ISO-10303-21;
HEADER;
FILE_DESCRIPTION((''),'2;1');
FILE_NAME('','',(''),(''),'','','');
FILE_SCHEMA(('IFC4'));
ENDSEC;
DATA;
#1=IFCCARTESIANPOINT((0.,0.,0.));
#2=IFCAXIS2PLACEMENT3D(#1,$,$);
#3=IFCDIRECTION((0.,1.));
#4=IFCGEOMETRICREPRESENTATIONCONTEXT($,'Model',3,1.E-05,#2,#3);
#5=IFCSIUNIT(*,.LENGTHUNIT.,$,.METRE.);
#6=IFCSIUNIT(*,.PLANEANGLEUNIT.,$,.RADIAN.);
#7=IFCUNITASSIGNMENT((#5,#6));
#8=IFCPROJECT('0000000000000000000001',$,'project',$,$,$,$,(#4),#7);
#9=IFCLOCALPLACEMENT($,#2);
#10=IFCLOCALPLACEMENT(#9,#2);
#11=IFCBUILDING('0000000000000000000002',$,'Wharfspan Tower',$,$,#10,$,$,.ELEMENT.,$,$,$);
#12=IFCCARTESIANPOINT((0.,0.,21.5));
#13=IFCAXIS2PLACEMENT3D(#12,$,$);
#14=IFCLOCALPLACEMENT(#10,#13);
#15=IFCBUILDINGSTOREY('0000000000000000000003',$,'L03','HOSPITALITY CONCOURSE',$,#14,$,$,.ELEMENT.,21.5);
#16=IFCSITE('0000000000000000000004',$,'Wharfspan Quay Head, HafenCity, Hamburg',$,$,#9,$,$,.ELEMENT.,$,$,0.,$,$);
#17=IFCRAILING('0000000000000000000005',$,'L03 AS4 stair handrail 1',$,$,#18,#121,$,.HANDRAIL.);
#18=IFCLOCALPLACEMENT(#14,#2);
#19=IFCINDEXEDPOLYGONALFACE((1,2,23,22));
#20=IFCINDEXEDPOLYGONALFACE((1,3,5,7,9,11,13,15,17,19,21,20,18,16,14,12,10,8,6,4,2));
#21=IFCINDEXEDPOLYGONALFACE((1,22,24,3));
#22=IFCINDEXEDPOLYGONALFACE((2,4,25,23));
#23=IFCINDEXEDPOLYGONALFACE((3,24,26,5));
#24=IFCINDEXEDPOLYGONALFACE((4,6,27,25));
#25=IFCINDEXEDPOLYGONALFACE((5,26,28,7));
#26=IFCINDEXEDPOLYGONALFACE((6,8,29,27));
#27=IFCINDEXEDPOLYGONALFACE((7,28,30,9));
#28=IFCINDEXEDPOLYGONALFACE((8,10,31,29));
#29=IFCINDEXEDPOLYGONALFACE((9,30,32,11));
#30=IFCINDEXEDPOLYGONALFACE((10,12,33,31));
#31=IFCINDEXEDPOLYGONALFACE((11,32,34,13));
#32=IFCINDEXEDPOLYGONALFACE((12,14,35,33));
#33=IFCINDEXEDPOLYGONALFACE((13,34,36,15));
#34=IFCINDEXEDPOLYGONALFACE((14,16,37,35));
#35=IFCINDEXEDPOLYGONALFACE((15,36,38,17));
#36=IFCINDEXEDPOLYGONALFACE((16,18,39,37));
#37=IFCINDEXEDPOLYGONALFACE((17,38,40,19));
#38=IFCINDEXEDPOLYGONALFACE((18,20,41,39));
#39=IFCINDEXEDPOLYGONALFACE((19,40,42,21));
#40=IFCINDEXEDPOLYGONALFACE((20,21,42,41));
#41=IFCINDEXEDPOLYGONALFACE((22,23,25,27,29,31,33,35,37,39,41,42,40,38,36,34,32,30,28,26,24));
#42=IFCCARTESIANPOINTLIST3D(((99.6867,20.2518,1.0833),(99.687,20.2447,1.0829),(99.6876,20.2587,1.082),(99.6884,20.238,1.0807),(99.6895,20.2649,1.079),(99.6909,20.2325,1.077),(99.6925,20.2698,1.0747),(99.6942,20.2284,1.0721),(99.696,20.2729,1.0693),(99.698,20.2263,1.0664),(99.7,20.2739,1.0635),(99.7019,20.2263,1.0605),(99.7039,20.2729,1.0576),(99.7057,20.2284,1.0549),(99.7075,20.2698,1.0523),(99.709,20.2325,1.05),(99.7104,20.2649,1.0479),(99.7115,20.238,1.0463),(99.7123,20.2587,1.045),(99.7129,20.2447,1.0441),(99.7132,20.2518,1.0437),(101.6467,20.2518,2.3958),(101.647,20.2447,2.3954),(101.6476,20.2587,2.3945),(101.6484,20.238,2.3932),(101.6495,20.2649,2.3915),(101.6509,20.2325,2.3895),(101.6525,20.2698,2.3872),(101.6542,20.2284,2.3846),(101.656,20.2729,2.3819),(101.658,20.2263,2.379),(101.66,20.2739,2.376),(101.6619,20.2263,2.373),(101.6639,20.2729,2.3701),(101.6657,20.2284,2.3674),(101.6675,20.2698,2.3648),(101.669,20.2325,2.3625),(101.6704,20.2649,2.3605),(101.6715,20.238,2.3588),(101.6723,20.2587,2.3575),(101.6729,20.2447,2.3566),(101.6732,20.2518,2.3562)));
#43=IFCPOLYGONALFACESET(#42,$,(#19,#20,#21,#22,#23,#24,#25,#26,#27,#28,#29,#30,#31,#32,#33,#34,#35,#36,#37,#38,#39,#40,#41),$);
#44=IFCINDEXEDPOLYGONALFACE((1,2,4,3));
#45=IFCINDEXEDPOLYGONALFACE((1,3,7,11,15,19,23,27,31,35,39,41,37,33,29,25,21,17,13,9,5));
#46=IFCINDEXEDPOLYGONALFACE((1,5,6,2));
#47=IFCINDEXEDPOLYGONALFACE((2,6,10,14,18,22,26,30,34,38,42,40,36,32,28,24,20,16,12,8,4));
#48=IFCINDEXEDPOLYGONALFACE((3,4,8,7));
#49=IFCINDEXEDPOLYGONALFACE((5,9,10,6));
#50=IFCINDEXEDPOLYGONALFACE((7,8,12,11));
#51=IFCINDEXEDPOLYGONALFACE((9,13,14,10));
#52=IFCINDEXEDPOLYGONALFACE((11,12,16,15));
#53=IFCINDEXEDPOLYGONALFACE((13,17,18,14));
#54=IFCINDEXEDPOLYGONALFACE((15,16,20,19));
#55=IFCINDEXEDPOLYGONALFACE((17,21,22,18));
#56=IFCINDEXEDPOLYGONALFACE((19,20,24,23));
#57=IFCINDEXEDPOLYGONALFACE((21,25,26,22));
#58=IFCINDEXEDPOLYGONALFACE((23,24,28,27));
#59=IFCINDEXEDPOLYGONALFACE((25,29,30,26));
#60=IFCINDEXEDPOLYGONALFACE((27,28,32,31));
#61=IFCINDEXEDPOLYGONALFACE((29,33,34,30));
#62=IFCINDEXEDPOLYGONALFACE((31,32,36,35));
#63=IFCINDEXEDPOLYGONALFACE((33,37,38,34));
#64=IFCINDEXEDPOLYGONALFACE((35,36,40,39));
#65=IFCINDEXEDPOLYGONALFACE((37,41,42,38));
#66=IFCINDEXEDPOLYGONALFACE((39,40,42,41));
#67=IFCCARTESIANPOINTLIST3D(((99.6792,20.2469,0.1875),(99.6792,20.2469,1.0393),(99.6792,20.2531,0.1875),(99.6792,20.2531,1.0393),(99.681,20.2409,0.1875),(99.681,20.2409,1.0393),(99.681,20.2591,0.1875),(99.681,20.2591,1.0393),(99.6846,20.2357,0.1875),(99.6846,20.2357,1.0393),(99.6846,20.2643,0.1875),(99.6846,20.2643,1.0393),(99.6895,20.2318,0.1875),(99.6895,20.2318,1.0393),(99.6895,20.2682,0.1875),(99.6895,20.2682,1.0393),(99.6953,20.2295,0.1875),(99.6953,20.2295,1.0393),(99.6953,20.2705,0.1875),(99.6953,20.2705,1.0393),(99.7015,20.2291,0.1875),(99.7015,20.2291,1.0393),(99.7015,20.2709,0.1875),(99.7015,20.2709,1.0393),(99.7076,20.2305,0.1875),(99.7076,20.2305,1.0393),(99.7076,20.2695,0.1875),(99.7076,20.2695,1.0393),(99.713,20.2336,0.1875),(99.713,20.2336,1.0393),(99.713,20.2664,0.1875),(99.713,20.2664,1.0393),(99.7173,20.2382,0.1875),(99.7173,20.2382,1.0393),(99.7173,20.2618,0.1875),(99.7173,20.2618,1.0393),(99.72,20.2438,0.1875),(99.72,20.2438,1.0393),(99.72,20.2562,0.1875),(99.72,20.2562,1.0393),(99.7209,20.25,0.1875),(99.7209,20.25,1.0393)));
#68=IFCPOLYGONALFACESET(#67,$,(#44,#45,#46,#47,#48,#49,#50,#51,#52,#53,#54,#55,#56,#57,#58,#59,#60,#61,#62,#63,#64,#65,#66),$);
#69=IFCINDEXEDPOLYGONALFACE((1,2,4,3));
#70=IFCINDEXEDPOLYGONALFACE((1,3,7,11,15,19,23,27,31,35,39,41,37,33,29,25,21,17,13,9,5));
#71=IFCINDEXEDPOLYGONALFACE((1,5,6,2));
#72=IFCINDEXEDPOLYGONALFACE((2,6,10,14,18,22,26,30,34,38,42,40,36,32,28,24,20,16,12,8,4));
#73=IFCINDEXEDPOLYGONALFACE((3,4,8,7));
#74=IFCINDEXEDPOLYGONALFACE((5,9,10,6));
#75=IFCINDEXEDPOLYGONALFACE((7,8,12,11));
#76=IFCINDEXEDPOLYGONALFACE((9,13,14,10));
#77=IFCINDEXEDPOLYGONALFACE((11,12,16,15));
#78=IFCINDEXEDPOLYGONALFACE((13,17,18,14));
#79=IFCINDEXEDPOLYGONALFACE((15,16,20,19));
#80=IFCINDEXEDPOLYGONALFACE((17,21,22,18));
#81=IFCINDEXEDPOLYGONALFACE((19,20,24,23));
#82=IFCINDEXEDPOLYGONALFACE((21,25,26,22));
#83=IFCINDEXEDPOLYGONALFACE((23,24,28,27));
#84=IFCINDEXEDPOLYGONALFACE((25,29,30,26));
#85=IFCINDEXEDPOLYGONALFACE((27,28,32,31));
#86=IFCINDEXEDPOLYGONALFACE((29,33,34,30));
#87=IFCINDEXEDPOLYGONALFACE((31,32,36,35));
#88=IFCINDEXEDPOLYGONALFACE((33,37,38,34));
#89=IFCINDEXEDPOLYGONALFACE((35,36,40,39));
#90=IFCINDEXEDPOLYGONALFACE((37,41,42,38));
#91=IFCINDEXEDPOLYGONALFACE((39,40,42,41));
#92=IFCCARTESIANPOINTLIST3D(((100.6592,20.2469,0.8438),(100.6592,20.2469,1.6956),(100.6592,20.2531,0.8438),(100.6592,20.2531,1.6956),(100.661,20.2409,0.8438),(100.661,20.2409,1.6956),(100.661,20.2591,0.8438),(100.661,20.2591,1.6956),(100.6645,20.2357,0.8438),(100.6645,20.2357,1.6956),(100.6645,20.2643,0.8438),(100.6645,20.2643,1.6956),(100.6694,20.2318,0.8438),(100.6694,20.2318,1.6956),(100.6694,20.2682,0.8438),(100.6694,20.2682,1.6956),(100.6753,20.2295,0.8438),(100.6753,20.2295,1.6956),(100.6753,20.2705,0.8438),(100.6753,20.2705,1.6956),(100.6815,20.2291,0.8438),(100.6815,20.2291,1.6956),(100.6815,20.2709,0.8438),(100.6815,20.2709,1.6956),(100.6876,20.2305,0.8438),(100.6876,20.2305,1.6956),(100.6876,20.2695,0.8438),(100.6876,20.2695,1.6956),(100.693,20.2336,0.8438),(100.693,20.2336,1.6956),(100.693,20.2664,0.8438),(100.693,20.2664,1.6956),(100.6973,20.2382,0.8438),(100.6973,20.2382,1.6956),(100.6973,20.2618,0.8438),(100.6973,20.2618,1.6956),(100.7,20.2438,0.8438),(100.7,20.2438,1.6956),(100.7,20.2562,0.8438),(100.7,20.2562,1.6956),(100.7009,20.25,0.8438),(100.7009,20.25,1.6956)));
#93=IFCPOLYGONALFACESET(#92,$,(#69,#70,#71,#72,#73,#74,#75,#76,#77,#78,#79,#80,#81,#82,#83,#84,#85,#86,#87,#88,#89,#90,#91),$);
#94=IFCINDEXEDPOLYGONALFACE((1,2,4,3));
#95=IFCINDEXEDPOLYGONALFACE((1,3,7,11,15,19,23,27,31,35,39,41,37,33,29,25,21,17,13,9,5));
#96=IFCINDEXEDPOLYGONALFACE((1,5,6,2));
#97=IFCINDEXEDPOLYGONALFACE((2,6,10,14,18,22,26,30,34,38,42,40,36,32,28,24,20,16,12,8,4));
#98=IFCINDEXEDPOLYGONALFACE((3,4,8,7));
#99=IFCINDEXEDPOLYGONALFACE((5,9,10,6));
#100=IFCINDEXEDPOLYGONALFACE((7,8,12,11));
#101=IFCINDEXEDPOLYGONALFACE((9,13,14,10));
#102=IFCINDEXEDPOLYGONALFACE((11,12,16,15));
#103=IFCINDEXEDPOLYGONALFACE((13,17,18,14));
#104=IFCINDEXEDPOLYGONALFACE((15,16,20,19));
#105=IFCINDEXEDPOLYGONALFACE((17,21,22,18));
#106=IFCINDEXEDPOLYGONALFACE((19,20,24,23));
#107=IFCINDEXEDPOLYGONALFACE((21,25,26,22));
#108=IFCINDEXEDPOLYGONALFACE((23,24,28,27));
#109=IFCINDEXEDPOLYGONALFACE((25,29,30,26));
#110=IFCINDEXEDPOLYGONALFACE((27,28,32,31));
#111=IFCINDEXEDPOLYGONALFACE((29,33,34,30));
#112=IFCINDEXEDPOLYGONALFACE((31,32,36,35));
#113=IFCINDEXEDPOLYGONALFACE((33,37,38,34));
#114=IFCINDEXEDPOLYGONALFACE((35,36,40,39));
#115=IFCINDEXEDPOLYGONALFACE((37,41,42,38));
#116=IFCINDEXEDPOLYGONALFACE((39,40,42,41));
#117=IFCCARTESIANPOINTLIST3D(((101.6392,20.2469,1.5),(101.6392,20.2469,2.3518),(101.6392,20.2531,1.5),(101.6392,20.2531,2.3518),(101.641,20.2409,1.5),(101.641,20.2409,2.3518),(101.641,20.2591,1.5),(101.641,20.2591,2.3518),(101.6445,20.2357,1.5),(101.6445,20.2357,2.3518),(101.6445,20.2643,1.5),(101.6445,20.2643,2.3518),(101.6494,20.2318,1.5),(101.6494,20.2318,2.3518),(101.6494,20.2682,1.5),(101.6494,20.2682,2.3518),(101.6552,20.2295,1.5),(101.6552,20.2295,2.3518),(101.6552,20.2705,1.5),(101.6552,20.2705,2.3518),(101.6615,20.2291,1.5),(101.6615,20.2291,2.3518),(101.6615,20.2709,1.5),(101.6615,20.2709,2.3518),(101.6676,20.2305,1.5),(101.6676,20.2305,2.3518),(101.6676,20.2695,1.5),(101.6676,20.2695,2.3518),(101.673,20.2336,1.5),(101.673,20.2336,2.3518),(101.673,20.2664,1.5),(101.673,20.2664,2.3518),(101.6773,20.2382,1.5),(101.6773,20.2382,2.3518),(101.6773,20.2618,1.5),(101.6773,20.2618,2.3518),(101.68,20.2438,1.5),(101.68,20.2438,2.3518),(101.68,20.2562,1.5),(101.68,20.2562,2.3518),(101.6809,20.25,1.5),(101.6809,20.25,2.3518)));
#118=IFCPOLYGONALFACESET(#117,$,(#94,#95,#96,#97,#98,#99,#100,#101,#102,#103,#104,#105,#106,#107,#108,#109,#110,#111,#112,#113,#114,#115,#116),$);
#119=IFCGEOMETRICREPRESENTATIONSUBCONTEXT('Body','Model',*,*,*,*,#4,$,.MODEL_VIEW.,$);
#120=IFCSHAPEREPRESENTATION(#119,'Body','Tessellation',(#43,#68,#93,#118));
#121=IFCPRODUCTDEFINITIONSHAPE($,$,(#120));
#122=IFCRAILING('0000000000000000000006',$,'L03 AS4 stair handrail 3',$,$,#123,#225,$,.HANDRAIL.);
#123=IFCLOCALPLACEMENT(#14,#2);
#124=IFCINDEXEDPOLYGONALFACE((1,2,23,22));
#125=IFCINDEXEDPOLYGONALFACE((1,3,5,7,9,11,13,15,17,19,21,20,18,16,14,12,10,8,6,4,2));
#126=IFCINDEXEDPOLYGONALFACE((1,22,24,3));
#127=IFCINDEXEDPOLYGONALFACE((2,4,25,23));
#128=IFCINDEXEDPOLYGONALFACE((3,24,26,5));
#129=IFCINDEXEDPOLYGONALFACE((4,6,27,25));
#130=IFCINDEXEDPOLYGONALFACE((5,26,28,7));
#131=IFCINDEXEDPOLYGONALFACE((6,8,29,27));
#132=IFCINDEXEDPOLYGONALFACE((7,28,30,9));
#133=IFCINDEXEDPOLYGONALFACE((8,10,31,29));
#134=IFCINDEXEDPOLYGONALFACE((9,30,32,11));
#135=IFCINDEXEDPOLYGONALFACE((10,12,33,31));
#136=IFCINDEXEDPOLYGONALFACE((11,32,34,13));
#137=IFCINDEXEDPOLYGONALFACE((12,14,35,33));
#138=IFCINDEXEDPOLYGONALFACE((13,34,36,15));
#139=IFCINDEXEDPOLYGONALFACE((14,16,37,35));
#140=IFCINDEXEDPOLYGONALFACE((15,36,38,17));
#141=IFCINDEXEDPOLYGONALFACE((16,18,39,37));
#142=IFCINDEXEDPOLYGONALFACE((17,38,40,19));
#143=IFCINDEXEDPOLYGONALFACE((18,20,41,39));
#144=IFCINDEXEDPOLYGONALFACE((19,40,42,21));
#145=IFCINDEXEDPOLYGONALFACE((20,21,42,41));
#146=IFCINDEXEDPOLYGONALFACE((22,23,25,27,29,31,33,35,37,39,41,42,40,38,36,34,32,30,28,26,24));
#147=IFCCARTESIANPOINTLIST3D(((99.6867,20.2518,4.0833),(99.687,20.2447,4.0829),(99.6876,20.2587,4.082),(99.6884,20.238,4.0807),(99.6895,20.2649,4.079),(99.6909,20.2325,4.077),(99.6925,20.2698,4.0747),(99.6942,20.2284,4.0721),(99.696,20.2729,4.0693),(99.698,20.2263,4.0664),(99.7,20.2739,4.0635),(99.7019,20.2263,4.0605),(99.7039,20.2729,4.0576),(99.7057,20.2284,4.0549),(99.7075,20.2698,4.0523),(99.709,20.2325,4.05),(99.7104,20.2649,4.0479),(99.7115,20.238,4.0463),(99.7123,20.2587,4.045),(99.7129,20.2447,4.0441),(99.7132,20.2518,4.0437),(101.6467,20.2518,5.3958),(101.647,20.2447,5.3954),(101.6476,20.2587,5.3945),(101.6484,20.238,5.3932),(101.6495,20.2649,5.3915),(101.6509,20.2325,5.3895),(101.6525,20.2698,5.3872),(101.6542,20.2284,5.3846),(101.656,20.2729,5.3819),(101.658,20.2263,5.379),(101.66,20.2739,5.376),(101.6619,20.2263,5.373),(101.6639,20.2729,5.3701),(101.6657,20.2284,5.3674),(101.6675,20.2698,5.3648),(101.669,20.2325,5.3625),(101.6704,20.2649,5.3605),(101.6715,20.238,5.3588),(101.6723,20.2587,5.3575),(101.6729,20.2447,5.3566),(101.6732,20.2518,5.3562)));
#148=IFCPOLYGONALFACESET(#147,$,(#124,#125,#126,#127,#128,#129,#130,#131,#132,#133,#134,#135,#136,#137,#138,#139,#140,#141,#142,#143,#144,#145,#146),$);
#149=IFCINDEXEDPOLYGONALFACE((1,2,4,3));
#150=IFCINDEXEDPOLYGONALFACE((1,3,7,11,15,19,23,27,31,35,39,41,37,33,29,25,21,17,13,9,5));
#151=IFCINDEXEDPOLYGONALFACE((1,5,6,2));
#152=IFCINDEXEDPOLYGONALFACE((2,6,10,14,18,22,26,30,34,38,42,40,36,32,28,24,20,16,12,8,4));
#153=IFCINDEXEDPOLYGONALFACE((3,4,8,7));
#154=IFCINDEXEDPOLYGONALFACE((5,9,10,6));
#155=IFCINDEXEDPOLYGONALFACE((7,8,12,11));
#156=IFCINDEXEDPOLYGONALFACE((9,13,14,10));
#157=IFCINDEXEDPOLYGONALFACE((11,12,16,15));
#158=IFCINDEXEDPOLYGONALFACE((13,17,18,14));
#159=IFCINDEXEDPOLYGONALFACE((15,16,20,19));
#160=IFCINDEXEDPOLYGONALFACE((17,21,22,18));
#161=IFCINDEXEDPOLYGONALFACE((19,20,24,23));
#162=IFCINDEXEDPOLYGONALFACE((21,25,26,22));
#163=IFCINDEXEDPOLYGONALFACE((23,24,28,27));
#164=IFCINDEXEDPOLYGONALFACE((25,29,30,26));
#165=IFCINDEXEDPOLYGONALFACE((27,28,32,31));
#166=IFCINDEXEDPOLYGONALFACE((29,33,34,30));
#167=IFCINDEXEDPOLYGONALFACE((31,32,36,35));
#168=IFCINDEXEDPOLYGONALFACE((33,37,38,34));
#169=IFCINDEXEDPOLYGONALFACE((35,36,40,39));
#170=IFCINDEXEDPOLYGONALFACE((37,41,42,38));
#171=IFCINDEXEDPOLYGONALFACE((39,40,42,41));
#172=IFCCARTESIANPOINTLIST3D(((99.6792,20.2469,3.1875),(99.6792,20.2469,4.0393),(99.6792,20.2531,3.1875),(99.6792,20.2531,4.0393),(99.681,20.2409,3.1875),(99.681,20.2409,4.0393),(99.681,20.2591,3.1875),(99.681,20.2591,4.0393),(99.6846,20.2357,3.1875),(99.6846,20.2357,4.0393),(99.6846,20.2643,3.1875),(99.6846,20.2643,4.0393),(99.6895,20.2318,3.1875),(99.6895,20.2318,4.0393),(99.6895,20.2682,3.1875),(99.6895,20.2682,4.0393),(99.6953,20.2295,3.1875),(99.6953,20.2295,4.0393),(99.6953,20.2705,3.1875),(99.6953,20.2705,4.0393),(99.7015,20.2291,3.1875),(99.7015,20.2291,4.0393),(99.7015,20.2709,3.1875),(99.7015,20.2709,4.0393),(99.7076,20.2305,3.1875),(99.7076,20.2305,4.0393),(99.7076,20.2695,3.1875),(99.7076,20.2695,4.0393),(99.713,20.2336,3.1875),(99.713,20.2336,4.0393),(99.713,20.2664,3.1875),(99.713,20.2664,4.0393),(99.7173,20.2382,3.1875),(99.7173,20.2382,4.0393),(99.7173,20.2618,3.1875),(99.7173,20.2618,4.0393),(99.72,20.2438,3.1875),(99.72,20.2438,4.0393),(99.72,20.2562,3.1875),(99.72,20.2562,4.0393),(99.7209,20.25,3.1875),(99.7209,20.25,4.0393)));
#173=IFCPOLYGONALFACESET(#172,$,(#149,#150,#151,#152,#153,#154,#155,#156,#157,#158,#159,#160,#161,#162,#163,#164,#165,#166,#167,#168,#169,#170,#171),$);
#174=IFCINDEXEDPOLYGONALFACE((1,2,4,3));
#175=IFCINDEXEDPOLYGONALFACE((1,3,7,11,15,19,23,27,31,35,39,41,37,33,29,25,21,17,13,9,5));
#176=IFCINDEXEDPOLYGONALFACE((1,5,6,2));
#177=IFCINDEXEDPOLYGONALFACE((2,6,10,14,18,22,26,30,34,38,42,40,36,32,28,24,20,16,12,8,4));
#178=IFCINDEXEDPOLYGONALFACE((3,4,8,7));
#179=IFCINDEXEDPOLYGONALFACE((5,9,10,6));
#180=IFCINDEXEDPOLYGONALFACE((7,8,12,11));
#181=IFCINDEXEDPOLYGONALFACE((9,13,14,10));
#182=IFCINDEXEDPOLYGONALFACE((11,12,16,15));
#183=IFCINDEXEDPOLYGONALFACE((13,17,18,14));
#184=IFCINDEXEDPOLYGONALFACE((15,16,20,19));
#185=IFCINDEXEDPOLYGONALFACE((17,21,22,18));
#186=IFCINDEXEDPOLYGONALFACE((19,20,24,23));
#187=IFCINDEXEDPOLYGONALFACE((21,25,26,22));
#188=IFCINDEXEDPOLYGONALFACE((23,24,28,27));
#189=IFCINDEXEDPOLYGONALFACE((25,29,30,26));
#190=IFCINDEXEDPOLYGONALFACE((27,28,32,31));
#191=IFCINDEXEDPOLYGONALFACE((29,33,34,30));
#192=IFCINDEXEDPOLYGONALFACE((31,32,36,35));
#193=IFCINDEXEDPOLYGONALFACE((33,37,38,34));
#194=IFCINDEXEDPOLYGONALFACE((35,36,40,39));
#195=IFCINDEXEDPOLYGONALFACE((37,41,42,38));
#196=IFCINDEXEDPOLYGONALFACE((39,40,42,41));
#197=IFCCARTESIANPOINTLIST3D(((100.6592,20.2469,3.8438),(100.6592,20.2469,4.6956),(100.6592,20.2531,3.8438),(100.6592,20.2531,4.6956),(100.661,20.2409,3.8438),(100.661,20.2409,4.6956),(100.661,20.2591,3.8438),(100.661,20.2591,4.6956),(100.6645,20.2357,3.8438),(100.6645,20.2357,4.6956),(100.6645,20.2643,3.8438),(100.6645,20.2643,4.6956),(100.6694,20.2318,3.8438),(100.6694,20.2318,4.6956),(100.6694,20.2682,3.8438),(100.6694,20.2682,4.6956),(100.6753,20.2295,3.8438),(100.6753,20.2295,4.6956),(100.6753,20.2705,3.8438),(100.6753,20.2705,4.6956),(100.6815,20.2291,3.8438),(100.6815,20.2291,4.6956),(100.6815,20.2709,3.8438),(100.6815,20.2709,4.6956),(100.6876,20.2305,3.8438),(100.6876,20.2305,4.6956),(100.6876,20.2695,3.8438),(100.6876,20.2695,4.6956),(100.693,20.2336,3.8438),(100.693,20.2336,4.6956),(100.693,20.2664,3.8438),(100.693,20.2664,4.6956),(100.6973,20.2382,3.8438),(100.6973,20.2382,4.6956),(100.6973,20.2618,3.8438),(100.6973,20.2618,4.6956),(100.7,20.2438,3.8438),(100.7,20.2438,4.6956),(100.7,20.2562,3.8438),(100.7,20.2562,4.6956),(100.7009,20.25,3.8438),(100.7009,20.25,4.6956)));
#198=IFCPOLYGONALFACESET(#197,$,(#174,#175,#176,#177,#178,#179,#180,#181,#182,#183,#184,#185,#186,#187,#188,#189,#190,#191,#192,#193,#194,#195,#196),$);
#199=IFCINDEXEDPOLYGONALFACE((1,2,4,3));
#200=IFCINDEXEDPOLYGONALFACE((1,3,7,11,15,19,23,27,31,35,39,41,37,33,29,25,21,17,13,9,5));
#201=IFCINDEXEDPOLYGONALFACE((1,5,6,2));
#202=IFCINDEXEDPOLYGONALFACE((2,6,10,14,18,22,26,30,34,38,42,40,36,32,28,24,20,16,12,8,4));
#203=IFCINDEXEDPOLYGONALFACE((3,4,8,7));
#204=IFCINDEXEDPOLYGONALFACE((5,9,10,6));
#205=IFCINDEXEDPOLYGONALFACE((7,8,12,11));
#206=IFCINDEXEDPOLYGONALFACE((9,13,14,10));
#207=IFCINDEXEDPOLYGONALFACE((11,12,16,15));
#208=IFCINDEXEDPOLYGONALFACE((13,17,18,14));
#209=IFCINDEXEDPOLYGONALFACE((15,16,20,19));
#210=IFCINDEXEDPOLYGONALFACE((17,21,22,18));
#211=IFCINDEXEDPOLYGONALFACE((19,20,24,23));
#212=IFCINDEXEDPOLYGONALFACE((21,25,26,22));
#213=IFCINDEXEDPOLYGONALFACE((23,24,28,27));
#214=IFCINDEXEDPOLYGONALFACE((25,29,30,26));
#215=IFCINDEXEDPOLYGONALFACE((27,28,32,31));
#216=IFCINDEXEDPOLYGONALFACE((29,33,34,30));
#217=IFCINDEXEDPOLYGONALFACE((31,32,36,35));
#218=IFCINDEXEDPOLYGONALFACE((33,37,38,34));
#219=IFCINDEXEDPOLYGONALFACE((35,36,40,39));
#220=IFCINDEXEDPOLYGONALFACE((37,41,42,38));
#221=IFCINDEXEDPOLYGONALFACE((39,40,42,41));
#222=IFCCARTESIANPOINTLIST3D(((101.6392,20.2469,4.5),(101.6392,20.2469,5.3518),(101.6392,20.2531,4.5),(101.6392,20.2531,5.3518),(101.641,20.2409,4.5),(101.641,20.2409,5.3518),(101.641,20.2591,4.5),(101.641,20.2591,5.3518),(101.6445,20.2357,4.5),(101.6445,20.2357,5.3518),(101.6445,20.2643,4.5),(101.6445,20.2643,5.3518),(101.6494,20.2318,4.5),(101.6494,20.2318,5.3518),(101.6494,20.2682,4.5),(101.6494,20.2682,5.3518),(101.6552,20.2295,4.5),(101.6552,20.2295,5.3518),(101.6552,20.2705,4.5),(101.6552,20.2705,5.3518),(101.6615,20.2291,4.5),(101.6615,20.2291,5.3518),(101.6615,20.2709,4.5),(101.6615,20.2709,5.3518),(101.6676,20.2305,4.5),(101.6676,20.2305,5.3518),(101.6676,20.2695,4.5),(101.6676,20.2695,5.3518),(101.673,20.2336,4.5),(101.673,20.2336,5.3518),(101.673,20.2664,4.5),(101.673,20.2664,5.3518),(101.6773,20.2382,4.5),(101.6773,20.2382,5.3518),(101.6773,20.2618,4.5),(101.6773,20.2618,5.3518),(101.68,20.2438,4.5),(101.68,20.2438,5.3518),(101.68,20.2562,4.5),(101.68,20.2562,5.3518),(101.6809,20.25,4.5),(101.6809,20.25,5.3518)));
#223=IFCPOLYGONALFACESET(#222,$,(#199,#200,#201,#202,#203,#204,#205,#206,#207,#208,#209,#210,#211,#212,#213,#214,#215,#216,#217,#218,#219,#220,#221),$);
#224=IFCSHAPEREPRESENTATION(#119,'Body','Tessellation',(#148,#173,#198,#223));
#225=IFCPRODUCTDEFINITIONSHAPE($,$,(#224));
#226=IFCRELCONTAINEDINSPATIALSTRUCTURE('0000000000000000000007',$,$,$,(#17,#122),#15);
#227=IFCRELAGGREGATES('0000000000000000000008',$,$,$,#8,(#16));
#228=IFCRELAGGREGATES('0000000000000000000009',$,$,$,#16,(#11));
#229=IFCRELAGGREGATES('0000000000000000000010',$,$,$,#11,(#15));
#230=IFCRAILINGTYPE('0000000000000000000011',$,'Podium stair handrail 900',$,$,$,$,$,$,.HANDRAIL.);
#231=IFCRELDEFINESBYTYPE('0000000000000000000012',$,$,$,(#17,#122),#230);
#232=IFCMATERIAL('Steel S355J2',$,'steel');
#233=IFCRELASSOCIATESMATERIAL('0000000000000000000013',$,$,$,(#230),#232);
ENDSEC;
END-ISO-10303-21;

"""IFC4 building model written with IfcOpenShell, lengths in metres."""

from ifc_helpers import new_model, si_unit, direction, frame, origin, origin_2d, place, context, subcontext, project, spatial, circle, extrude, material, type_object, element, save


model = new_model("IFC4")

# Units and contexts
model_context = context("Model", 3, precision=1e-05, world=origin(), true_north=direction((0.0, 1.0)))
body_context = subcontext(model_context, "Body", "Model", "MODEL_VIEW")
ifc_project = project(units=[si_unit("LENGTHUNIT", "METRE"), si_unit("PLANEANGLEUNIT", "RADIAN")], contexts=[model_context])

# Site, building, storey
site_placement = place(None, origin())
site = spatial("IfcSite", under=ifc_project, at=site_placement, Name="Wharfspan Quay Head, HafenCity, Hamburg", CompositionType="ELEMENT", RefElevation=0.0)
building_placement = place(site_placement, origin())
building = spatial("IfcBuilding", under=site, at=building_placement, Name="Wharfspan Tower", CompositionType="ELEMENT")
storey_placement = place(building_placement, frame((0.0, 0.0, 21.5)))
storey = spatial("IfcBuildingStorey", under=building, at=storey_placement, Name="L03", Description="HOSPITALITY CONCOURSE", CompositionType="ELEMENT", Elevation=21.5)

# Railings
ifc_material_1 = material(Name="Steel S355J2", Category="steel")
railing_type = type_object("IfcRailingType", Name="Podium stair handrail 900", PredefinedType="HANDRAIL", material=ifc_material_1)
for number, where, name in (
    (1, (99.7, 20.25, 0.1875), "L03 AS4 stair handrail 1"),
    (2, (99.7, 20.25, 3.1875), "L03 AS4 stair handrail 3"),
):
    element("IfcRailing", number, at=place(storey_placement, frame(where)), inside=storey, type_object=railing_type, Name=name, PredefinedType="HANDRAIL", context=body_context, shape_type="SweptSolid", body=[
        extrude(circle(Radius=0.0239, at=origin_2d()), frame((0.0, 0.0, 0.876), z_axis=(0.830902, 0.0, 0.556419), x_axis=(0.0, 1.0, 0.0)), (0.0, 0.0, 1.0), 2.3589),
        extrude(circle(Radius=0.021, at=origin_2d()), origin(), (0.0, 0.0, 1.0), 0.8518),
        extrude(circle(Radius=0.021, at=origin_2d()), frame((0.98, 0.0, 0.6562)), (0.0, 0.0, 1.0), 0.8518),
        extrude(circle(Radius=0.021, at=origin_2d()), frame((1.96, 0.0, 1.3125)), (0.0, 0.0, 1.0), 0.8518),
    ])

save(model, "model.ifc")
